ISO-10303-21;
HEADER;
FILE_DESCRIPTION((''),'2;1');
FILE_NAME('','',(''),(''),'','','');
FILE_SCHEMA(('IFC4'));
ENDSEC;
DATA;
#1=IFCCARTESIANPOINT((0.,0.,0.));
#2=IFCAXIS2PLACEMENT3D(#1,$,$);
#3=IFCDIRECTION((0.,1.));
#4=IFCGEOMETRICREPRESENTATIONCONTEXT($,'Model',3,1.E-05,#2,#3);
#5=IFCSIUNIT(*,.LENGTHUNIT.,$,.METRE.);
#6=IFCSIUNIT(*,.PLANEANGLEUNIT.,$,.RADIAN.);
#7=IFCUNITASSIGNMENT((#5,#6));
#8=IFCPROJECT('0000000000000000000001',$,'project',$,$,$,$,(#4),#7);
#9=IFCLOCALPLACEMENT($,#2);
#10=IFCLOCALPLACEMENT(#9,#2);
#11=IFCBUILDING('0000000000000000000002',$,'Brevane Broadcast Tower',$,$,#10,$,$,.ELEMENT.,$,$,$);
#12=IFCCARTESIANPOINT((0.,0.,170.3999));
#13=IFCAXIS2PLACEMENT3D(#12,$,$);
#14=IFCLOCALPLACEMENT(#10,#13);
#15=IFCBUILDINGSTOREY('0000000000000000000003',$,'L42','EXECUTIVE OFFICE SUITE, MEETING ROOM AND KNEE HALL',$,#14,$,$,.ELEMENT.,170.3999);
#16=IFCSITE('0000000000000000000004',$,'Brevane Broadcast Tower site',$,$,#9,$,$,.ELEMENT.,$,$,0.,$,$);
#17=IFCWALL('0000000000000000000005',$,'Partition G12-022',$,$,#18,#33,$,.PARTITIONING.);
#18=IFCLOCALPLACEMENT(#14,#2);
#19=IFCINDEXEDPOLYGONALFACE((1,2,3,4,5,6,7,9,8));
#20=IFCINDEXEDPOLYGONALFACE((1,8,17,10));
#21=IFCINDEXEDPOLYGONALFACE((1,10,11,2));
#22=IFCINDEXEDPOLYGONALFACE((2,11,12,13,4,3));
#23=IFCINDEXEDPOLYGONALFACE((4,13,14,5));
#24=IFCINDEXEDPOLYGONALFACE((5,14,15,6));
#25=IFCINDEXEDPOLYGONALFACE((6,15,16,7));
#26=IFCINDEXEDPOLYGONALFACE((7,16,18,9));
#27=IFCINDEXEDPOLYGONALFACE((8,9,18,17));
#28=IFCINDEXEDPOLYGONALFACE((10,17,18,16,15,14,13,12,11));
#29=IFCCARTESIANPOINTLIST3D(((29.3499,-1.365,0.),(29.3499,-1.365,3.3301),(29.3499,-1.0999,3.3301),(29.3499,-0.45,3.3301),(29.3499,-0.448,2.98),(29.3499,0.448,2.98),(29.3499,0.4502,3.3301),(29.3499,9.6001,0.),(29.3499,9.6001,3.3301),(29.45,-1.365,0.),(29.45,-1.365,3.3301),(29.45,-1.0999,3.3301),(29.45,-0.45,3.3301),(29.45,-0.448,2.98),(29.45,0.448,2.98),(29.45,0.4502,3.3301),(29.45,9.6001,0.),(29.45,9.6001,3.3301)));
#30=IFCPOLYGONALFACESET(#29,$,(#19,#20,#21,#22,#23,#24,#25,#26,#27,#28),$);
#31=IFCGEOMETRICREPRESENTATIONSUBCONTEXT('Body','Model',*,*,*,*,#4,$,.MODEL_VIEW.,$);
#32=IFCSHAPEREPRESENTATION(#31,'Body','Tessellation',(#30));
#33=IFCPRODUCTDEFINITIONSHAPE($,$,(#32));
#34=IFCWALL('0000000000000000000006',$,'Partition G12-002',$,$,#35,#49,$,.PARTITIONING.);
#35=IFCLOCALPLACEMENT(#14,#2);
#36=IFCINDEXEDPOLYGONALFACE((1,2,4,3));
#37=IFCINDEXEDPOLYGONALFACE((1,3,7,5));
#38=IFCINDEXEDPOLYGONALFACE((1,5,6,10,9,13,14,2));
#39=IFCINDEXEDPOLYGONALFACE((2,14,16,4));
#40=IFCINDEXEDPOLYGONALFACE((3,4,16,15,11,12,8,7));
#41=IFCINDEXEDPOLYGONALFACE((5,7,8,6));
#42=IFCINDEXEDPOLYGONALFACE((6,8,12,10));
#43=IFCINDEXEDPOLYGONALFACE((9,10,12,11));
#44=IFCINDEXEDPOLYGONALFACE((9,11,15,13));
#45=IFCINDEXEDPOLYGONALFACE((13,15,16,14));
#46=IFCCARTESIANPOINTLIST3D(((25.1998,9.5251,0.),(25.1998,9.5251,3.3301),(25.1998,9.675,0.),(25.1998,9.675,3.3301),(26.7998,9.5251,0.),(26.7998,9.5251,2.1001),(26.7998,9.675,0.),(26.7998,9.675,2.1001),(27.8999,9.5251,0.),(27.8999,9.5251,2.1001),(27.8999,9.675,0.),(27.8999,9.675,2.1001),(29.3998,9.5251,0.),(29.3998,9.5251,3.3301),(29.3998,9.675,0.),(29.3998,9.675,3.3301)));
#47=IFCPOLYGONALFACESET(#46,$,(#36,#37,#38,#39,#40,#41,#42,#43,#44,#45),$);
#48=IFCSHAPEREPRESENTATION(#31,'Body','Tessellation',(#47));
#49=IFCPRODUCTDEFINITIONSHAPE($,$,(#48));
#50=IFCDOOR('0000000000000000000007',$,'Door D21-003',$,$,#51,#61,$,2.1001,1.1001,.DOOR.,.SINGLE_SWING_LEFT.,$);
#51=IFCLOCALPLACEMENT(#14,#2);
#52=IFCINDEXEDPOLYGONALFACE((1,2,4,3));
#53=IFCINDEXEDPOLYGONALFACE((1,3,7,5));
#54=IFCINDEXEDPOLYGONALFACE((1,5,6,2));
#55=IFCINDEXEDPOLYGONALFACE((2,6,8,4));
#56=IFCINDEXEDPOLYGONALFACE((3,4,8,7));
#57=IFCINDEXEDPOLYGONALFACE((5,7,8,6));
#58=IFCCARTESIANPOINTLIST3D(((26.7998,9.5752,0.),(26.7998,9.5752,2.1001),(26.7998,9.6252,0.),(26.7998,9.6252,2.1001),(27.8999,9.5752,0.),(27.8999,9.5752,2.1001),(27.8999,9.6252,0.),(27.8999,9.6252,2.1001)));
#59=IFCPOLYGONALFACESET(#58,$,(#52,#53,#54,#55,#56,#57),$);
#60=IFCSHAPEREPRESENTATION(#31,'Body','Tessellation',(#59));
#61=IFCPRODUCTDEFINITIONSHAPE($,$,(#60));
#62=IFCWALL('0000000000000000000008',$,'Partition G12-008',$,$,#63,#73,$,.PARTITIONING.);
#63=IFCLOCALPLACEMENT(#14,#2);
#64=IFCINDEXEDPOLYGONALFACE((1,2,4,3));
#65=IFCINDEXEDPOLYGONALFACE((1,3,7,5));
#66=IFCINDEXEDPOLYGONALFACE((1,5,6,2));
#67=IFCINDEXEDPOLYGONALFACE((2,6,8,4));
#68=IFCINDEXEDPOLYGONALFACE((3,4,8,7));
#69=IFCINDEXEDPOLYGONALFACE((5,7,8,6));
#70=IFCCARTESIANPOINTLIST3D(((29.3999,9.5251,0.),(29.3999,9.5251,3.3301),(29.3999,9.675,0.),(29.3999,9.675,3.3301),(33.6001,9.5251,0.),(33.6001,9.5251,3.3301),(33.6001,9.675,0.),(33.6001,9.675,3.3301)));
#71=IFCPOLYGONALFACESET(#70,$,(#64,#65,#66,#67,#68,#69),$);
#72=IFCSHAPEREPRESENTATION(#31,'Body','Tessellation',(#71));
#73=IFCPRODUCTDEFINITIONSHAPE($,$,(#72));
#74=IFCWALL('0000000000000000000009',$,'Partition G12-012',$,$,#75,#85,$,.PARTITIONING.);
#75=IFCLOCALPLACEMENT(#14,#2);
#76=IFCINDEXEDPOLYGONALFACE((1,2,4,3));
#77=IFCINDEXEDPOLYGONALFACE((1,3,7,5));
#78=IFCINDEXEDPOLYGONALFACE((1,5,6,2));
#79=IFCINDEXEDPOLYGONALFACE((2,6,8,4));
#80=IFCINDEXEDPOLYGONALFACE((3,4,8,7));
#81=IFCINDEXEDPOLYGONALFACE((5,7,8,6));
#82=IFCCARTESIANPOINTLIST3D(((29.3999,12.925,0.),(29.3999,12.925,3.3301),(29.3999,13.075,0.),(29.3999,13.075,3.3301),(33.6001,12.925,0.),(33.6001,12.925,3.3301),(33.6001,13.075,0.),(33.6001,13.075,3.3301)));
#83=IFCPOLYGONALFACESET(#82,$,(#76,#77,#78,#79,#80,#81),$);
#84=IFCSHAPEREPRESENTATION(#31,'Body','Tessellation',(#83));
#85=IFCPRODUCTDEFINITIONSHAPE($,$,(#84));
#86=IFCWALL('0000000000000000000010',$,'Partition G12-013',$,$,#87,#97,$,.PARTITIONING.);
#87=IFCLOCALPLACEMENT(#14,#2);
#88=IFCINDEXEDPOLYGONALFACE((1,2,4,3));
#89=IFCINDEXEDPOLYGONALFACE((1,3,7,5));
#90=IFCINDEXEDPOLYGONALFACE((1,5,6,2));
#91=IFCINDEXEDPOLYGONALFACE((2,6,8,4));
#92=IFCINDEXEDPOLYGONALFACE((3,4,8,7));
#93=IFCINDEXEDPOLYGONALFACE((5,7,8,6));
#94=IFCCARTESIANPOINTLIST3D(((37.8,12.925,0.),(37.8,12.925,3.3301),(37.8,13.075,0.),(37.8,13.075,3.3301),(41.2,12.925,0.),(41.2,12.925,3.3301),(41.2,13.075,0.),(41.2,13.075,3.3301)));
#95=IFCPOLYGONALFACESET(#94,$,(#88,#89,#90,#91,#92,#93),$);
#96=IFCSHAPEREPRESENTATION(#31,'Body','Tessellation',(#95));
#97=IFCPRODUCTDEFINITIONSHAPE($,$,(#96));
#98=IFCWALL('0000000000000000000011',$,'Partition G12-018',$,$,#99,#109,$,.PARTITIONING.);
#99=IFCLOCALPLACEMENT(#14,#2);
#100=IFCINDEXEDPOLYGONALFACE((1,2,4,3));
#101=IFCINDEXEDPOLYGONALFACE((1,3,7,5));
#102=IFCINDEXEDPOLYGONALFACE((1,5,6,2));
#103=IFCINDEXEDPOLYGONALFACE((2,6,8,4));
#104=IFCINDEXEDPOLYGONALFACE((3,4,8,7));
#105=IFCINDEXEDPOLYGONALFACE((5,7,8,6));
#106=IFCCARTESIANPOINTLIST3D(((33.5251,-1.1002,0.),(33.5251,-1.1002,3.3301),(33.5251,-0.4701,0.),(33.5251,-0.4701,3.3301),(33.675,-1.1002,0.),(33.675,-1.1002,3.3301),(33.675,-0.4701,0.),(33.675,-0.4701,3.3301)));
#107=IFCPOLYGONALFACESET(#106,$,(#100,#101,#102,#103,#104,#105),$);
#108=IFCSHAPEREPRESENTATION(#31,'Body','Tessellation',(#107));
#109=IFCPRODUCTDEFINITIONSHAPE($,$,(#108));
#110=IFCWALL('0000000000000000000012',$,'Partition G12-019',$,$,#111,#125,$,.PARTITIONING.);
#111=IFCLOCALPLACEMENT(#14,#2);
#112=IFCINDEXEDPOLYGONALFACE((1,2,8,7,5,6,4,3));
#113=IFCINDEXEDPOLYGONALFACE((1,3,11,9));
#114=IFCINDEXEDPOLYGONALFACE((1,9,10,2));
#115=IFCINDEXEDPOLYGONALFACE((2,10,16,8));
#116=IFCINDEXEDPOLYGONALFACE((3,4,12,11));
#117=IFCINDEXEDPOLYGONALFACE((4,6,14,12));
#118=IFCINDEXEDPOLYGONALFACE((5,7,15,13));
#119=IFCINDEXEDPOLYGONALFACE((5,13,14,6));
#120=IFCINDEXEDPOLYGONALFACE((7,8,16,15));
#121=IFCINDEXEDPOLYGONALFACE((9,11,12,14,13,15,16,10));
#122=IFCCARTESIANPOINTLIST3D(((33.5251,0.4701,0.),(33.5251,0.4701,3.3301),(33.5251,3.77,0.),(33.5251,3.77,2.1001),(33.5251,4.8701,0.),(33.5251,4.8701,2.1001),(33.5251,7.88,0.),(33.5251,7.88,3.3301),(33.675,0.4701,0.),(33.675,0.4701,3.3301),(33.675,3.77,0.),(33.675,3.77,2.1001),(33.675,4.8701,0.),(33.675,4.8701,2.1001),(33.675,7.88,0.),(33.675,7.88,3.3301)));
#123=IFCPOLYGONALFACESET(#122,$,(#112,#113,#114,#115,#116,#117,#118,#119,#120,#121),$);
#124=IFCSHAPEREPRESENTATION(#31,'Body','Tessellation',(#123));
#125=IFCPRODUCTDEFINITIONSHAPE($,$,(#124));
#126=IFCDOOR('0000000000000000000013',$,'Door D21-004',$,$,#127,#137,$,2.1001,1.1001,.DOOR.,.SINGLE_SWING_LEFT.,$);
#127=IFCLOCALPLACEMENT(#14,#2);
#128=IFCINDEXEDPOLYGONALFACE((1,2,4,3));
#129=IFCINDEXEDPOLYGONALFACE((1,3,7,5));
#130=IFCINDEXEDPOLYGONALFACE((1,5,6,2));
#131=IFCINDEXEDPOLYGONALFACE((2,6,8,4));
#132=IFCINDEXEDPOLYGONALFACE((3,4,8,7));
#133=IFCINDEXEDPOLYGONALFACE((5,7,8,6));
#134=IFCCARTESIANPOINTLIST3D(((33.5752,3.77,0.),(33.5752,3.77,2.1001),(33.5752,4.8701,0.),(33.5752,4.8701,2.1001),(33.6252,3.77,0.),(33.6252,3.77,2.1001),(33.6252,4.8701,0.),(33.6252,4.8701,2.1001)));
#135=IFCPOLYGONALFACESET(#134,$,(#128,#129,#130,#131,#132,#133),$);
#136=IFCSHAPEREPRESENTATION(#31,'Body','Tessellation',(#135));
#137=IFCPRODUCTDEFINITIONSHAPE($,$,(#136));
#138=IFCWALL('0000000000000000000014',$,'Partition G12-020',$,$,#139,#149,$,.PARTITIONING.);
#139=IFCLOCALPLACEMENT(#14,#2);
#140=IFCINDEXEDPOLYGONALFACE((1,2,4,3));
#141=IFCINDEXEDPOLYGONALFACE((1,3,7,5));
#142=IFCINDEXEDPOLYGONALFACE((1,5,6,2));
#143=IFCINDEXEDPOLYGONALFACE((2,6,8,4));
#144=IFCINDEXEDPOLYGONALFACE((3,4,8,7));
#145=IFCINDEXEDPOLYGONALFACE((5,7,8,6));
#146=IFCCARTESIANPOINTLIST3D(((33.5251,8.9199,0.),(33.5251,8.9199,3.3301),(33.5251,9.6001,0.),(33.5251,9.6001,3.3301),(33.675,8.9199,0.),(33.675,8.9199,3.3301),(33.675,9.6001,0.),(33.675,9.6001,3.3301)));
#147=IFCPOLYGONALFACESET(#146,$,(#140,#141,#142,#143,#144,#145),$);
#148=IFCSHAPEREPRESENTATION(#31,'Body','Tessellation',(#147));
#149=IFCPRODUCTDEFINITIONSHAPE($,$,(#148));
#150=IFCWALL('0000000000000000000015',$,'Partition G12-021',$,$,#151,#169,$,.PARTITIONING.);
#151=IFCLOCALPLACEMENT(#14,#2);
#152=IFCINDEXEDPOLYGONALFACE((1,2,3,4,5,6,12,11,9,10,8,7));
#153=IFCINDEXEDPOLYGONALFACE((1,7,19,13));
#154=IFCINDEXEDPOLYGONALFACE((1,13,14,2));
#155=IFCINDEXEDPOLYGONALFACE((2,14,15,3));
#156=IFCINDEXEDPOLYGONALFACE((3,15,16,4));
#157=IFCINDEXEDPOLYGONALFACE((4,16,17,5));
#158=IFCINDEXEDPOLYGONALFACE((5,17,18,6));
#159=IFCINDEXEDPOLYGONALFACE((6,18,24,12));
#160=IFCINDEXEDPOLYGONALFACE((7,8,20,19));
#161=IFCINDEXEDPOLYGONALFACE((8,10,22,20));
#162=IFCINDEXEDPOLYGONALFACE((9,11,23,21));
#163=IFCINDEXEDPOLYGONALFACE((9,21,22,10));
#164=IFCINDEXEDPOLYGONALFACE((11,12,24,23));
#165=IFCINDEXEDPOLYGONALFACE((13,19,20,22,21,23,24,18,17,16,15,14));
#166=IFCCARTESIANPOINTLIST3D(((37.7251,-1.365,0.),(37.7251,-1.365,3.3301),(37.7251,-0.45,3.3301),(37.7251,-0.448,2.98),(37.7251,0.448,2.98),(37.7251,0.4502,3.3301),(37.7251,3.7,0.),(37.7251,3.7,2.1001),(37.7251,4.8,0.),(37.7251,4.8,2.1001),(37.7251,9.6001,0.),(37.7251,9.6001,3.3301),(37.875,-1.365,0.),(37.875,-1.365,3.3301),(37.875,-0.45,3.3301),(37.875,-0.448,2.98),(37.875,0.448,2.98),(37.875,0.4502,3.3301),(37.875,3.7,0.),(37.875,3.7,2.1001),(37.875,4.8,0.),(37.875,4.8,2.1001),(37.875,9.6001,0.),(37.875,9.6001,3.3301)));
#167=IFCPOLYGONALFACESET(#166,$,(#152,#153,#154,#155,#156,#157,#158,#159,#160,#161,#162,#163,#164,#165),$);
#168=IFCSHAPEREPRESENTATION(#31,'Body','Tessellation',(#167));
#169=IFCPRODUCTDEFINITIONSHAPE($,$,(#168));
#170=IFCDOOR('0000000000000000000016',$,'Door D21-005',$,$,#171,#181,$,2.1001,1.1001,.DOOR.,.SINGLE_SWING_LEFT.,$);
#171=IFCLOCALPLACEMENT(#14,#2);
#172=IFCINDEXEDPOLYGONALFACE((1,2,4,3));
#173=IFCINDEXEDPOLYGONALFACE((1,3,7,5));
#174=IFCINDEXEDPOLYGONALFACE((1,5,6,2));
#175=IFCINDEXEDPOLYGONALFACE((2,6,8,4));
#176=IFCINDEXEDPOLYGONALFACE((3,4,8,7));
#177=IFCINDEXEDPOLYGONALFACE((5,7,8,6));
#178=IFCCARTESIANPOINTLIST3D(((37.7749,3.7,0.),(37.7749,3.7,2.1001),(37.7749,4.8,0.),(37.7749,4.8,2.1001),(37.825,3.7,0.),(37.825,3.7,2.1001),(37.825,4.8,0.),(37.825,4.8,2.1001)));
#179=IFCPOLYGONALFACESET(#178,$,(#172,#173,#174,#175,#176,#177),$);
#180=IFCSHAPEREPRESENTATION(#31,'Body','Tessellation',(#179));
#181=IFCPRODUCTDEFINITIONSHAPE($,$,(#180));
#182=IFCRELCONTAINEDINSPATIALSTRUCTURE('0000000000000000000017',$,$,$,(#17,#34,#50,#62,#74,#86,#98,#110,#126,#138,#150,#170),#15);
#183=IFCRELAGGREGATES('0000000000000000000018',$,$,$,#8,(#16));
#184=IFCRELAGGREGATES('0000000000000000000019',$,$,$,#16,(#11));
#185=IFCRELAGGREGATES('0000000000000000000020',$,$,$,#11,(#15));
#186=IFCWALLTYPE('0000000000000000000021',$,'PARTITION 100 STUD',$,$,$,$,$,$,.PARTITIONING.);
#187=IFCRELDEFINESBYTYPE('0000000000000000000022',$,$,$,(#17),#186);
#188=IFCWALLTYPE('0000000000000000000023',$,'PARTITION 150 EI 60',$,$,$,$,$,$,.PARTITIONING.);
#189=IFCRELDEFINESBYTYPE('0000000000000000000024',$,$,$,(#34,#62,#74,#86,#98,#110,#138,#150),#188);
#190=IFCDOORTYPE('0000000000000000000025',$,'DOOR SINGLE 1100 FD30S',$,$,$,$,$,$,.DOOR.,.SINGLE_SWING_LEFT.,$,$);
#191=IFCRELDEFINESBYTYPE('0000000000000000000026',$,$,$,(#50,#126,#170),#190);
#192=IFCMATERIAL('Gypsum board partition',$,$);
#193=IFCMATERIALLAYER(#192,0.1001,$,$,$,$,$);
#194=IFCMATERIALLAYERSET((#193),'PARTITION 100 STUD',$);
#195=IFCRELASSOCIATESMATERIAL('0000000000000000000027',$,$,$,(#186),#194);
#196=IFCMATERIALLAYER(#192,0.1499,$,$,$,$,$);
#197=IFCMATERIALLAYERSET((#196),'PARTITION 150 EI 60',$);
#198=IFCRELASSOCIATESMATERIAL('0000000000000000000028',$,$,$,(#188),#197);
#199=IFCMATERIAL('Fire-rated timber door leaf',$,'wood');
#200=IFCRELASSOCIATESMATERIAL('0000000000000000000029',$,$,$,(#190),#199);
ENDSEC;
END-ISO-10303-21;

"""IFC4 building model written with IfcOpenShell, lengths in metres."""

from ifc_helpers import new_model, si_unit, direction, frame, frame_2d, origin, place, context, subcontext, project, spatial, polyline, rectangle, outline, extrude, material, layer, layer_set, type_object, element, fill, save


model = new_model("IFC4")

# Units and contexts
model_context = context("Model", 3, precision=1e-05, world=origin(), true_north=direction((0.0, 1.0)))
body_context = subcontext(model_context, "Body", "Model", "MODEL_VIEW")
ifc_project = project(units=[si_unit("LENGTHUNIT", "METRE"), si_unit("PLANEANGLEUNIT", "RADIAN")], contexts=[model_context])

# Site, building, storey
site_placement = place(None, origin())
site = spatial("IfcSite", under=ifc_project, at=site_placement, Name="Brevane Broadcast Tower site", CompositionType="ELEMENT", RefElevation=0.0)
building_placement = place(site_placement, origin())
building = spatial("IfcBuilding", under=site, at=building_placement, Name="Brevane Broadcast Tower", CompositionType="ELEMENT")
storey_placement = place(building_placement, frame((0.0, 0.0, 170.3999)))
storey = spatial("IfcBuildingStorey", under=building, at=storey_placement, Name="L42", Description="EXECUTIVE OFFICE SUITE, MEETING ROOM AND KNEE HALL", CompositionType="ELEMENT", Elevation=170.3999)

# Wall
ifc_material_1 = material(Name="Gypsum board partition")
ifc_layer_1 = layer(ifc_material_1, 0.1001)
ifc_layer_set_1 = layer_set([ifc_layer_1], Name="PARTITION 100 STUD")
wall_type_1 = type_object("IfcWallType", Name="PARTITION 100 STUD", PredefinedType="PARTITIONING", material=ifc_layer_set_1)
wall_1_placement = place(storey_placement, frame((29.3999, 9.6001, 0.0), z_axis=(0.0, 0.0, 1.0), x_axis=(0.0, -1.0, 0.0)))
element("IfcWall", 1, at=wall_1_placement, inside=storey, type_object=wall_type_1, Name="Partition G12-022", PredefinedType="PARTITIONING", context=body_context, shape_type="SweptSolid", body=[
    extrude(outline(polyline([(0.0, 0.0), (10.9651, 0.0), (10.9651, 3.3301), (10.7, 3.3301), (10.05, 3.3301), (10.0481, 2.98), (9.1521, 2.98), (9.1499, 3.3301), (0.0, 3.3301), (0.0, 0.0)])), frame((0.0, 0.05, 0.0), z_axis=(0.0, -1.0, 0.0), x_axis=(1.0, 0.0, 0.0)), (0.0, 0.0, 1.0), 0.1001),
])

# Wall, opening, door
ifc_layer_2 = layer(ifc_material_1, 0.1499)
ifc_layer_set_2 = layer_set([ifc_layer_2], Name="PARTITION 150 EI 60")
wall_type_2 = type_object("IfcWallType", Name="PARTITION 150 EI 60", PredefinedType="PARTITIONING", material=ifc_layer_set_2)
wall_2_placement = place(storey_placement, frame((29.3999, 9.6001, 0.0), z_axis=(0.0, 0.0, 1.0), x_axis=(-1.0, 0.0, 0.0)))
wall_2 = element("IfcWall", 2, at=wall_2_placement, inside=storey, type_object=wall_type_2, Name="Partition G12-002", PredefinedType="PARTITIONING", context=body_context, shape_type="SweptSolid", body=[
    extrude(rectangle(XDim=4.2, YDim=0.1499, at=frame_2d((2.1001, 0.0))), origin(), (0.0, 0.0, 1.0), 3.3301),
])
opening_1_placement = place(wall_2_placement, frame((1.5, 0.0, 0.0)))
opening_1 = element("IfcOpeningElement", 3, at=opening_1_placement, cuts=wall_2, PredefinedType="OPENING", context=body_context, shape_type="SweptSolid", body=[
    extrude(rectangle(XDim=1.1001, YDim=2.1001, at=frame_2d((0.55, 1.05))), frame((0.0, 0.085, 0.0), z_axis=(0.0, -1.0, 0.0), x_axis=(1.0, 0.0, 0.0)), (0.0, 0.0, 1.0), 0.1699),
])
ifc_material_2 = material(Name="Fire-rated timber door leaf", Category="wood")
door_type_1 = type_object("IfcDoorType", Name="DOOR SINGLE 1100 FD30S", OperationType="SINGLE_SWING_LEFT", PredefinedType="DOOR", material=ifc_material_2)
door_1_placement = place(opening_1_placement, origin())
door_1 = element("IfcDoor", 4, at=door_1_placement, inside=storey, type_object=door_type_1, Name="Door D21-003", OperationType="SINGLE_SWING_LEFT", OverallHeight=2.1001, OverallWidth=1.1001, PredefinedType="DOOR", context=body_context, shape_type="SweptSolid", body=[
    extrude(rectangle(XDim=1.1001, YDim=2.1001, at=frame_2d((0.55, 1.05))), frame((0.0, 0.0249, 0.0), z_axis=(0.0, -1.0, 0.0), x_axis=(1.0, 0.0, 0.0)), (0.0, 0.0, 1.0), 0.05),
])
fill(opening_1, door_1)

# Walls
for number, where, z_axis, x_axis, name in (
    (5, (33.6001, 9.6001, 0.0), (0.0, 0.0, 1.0), (-1.0, 0.0, 0.0), "Partition G12-008"),
    (6, (29.3999, 13.0, 0.0), (0.0, 0.0, 1.0), (1.0, 0.0, 0.0), "Partition G12-012"),
):
    element("IfcWall", number, at=place(storey_placement, frame(where, z_axis=z_axis, x_axis=x_axis)), inside=storey, type_object=wall_type_2, Name=name, PredefinedType="PARTITIONING", context=body_context, shape_type="SweptSolid", body=[
        extrude(rectangle(XDim=4.2002, YDim=0.1499, at=frame_2d((2.1001, 0.0))), origin(), (0.0, 0.0, 1.0), 3.3301),
    ])
wall_3_placement = place(storey_placement, frame((37.8, 13.0, 0.0), z_axis=(0.0, 0.0, 1.0), x_axis=(1.0, 0.0, 0.0)))
element("IfcWall", 7, at=wall_3_placement, inside=storey, type_object=wall_type_2, Name="Partition G12-013", PredefinedType="PARTITIONING", context=body_context, shape_type="SweptSolid", body=[
    extrude(rectangle(XDim=3.3999, YDim=0.1499, at=frame_2d((1.7, 0.0))), origin(), (0.0, 0.0, 1.0), 3.3301),
])
wall_4_placement = place(storey_placement, frame((33.6001, -1.1001, 0.0), z_axis=(0.0, 0.0, 1.0), x_axis=(0.0, 1.0, 0.0)))
element("IfcWall", 8, at=wall_4_placement, inside=storey, type_object=wall_type_2, Name="Partition G12-018", PredefinedType="PARTITIONING", context=body_context, shape_type="SweptSolid", body=[
    extrude(rectangle(XDim=0.6301, YDim=0.1499, at=frame_2d((0.3149, 0.0))), origin(), (0.0, 0.0, 1.0), 3.3301),
])

# Wall, opening, door
wall_5_placement = place(storey_placement, frame((33.6001, 0.47, 0.0), z_axis=(0.0, 0.0, 1.0), x_axis=(0.0, 1.0, 0.0)))
wall_5 = element("IfcWall", 9, at=wall_5_placement, inside=storey, type_object=wall_type_2, Name="Partition G12-019", PredefinedType="PARTITIONING", context=body_context, shape_type="SweptSolid", body=[
    extrude(rectangle(XDim=7.4099, YDim=0.1499, at=frame_2d((3.7051, 0.0))), origin(), (0.0, 0.0, 1.0), 3.3301),
])
opening_2_placement = place(wall_5_placement, frame((3.3, 0.0, 0.0)))
opening_2 = element("IfcOpeningElement", 10, at=opening_2_placement, cuts=wall_5, PredefinedType="OPENING", context=body_context, shape_type="SweptSolid", body=[
    extrude(rectangle(XDim=1.1001, YDim=2.1001, at=frame_2d((0.55, 1.05))), frame((0.0, 0.085, 0.0), z_axis=(0.0, -1.0, 0.0), x_axis=(1.0, 0.0, 0.0)), (0.0, 0.0, 1.0), 0.1699),
])
door_2_placement = place(opening_2_placement, origin())
door_2 = element("IfcDoor", 11, at=door_2_placement, inside=storey, type_object=door_type_1, Name="Door D21-004", OperationType="SINGLE_SWING_LEFT", OverallHeight=2.1001, OverallWidth=1.1001, PredefinedType="DOOR", context=body_context, shape_type="SweptSolid", body=[
    extrude(rectangle(XDim=1.1001, YDim=2.1001, at=frame_2d((0.55, 1.05))), frame((0.0, 0.0249, 0.0), z_axis=(0.0, -1.0, 0.0), x_axis=(1.0, 0.0, 0.0)), (0.0, 0.0, 1.0), 0.05),
])
fill(opening_2, door_2)

# Wall
wall_6_placement = place(storey_placement, frame((33.6001, 8.9199, 0.0), z_axis=(0.0, 0.0, 1.0), x_axis=(0.0, 1.0, 0.0)))
element("IfcWall", 12, at=wall_6_placement, inside=storey, type_object=wall_type_2, Name="Partition G12-020", PredefinedType="PARTITIONING", context=body_context, shape_type="SweptSolid", body=[
    extrude(rectangle(XDim=0.6802, YDim=0.1499, at=frame_2d((0.3401, 0.0))), origin(), (0.0, 0.0, 1.0), 3.3301),
])

# Wall, opening, door
wall_7_placement = place(storey_placement, frame((37.8, 9.6001, 0.0), z_axis=(0.0, 0.0, 1.0), x_axis=(0.0, -1.0, 0.0)))
wall_7 = element("IfcWall", 13, at=wall_7_placement, inside=storey, type_object=wall_type_2, Name="Partition G12-021", PredefinedType="PARTITIONING", context=body_context, shape_type="SweptSolid", body=[
    extrude(outline(polyline([(0.0, 0.0), (10.9651, 0.0), (10.9651, 3.3301), (10.7, 3.3301), (10.05, 3.3301), (10.0481, 2.98), (9.1521, 2.98), (9.1499, 3.3301), (0.0, 3.3301), (0.0, 0.0)])), frame((0.0, 0.075, 0.0), z_axis=(0.0, -1.0, 0.0), x_axis=(1.0, 0.0, 0.0)), (0.0, 0.0, 1.0), 0.1499),
])
opening_3_placement = place(wall_7_placement, frame((4.8, 0.0, 0.0)))
opening_3 = element("IfcOpeningElement", 14, at=opening_3_placement, cuts=wall_7, PredefinedType="OPENING", context=body_context, shape_type="SweptSolid", body=[
    extrude(rectangle(XDim=1.1001, YDim=2.1001, at=frame_2d((0.55, 1.05))), frame((0.0, 0.085, 0.0), z_axis=(0.0, -1.0, 0.0), x_axis=(1.0, 0.0, 0.0)), (0.0, 0.0, 1.0), 0.1699),
])
door_3_placement = place(opening_3_placement, origin())
door_3 = element("IfcDoor", 15, at=door_3_placement, inside=storey, type_object=door_type_1, Name="Door D21-005", OperationType="SINGLE_SWING_LEFT", OverallHeight=2.1001, OverallWidth=1.1001, PredefinedType="DOOR", context=body_context, shape_type="SweptSolid", body=[
    extrude(rectangle(XDim=1.1001, YDim=2.1001, at=frame_2d((0.55, 1.05))), frame((0.0, 0.0249, 0.0), z_axis=(0.0, -1.0, 0.0), x_axis=(1.0, 0.0, 0.0)), (0.0, 0.0, 1.0), 0.05),
])
fill(opening_3, door_3)

save(model, "model.ifc")
